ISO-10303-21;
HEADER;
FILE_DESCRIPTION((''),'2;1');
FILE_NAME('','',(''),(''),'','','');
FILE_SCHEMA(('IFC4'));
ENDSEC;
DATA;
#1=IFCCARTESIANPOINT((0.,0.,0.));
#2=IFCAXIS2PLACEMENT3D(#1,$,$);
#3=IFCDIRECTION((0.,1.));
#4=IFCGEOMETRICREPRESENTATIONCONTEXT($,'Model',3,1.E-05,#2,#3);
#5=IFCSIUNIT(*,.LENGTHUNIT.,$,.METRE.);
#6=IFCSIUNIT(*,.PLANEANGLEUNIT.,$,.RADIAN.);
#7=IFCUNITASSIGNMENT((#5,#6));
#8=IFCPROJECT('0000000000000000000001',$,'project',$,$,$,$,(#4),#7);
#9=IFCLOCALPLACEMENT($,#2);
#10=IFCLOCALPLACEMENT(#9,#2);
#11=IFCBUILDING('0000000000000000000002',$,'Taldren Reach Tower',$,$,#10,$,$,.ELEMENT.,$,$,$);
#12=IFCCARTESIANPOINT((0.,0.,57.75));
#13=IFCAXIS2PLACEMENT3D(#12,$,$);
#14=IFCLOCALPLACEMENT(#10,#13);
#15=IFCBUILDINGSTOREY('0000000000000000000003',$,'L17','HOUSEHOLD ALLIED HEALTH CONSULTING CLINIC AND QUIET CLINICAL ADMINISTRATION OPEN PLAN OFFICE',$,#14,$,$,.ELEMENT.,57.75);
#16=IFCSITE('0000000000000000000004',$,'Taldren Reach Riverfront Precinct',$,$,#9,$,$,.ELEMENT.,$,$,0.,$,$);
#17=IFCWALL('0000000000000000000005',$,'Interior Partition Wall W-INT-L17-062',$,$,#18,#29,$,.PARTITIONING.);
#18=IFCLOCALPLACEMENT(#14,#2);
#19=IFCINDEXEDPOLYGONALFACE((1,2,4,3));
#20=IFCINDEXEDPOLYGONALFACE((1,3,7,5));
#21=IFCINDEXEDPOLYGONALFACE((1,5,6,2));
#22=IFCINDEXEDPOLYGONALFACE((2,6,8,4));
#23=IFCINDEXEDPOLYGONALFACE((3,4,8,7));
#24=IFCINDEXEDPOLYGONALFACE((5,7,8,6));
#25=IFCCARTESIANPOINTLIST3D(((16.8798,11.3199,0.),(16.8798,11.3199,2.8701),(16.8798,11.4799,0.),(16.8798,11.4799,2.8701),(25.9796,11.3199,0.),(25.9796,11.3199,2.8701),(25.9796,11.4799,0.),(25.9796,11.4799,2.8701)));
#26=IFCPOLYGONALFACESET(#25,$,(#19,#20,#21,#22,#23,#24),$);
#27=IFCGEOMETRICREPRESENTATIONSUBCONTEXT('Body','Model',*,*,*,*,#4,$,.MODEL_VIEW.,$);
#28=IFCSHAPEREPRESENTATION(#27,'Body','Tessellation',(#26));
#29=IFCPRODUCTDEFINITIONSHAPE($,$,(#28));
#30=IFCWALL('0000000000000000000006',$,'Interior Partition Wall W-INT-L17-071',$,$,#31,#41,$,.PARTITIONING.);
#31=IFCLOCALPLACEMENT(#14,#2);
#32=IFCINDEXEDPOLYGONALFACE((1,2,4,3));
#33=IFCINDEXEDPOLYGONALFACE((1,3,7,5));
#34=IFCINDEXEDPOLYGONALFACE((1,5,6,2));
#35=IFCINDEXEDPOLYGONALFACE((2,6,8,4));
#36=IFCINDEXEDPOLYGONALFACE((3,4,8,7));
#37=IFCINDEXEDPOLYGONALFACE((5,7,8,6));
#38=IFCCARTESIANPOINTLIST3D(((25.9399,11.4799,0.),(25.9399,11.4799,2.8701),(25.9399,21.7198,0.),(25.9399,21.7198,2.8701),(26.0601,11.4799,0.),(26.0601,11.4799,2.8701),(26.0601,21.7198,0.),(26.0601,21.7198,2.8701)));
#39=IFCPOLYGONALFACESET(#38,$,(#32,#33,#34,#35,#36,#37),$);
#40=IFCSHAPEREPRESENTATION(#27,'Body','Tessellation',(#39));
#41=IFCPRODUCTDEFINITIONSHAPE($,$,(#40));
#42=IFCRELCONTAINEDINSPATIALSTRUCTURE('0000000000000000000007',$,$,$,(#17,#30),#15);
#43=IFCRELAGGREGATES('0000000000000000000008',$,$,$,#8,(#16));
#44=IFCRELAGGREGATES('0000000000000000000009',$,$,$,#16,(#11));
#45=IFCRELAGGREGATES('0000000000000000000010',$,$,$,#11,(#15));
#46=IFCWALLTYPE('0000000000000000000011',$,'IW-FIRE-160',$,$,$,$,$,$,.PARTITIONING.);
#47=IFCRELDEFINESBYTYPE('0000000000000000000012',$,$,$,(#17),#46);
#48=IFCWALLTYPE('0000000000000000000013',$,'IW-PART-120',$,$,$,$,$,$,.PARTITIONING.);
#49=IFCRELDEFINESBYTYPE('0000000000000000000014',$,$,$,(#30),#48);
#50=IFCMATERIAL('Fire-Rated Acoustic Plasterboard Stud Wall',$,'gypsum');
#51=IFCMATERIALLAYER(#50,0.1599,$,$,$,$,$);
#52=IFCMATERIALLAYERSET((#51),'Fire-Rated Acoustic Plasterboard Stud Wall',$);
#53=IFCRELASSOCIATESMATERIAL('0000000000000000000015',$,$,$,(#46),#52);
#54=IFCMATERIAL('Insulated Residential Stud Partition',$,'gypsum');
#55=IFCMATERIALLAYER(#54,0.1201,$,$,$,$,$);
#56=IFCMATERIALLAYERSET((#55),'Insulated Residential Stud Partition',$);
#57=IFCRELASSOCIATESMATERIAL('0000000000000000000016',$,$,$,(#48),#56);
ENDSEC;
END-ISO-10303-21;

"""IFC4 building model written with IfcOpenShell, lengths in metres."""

from ifc_helpers import new_model, si_unit, direction, frame, frame_2d, origin, place, context, subcontext, project, spatial, rectangle, extrude, source, transform, mapped, material, layer, layer_set, type_object, element, save


model = new_model("IFC4")

# Units and contexts
model_context = context("Model", 3, precision=1e-05, world=origin(), true_north=direction((0.0, 1.0)))
body_context = subcontext(model_context, "Body", "Model", "MODEL_VIEW")
ifc_project = project(units=[si_unit("LENGTHUNIT", "METRE"), si_unit("PLANEANGLEUNIT", "RADIAN")], contexts=[model_context])

# Site, building, storey
site_placement = place(None, origin())
site = spatial("IfcSite", under=ifc_project, at=site_placement, Name="Taldren Reach Riverfront Precinct", CompositionType="ELEMENT", RefElevation=0.0)
building_placement = place(site_placement, origin())
building = spatial("IfcBuilding", under=site, at=building_placement, Name="Taldren Reach Tower", CompositionType="ELEMENT")
storey_placement = place(building_placement, frame((0.0, 0.0, 57.75)))
storey = spatial("IfcBuildingStorey", under=building, at=storey_placement, Name="L17", Description="HOUSEHOLD ALLIED HEALTH CONSULTING CLINIC AND QUIET CLINICAL ADMINISTRATION OPEN PLAN OFFICE", CompositionType="ELEMENT", Elevation=57.75)

# Shared definitions
ifc_material_1 = material(Name="Fire-Rated Acoustic Plasterboard Stud Wall", Category="gypsum")
ifc_layer_1 = layer(ifc_material_1, 0.1599)
ifc_layer_set_1 = layer_set([ifc_layer_1], Name="Fire-Rated Acoustic Plasterboard Stud Wall")
wall_type_1 = type_object("IfcWallType", Name="IW-FIRE-160", PredefinedType="PARTITIONING", material=ifc_layer_set_1)

# Walls
shared_shape_1 = source(origin(), body_context, "Body", "SweptSolid", [
    extrude(rectangle(XDim=9.0999, YDim=0.1599, at=frame_2d((4.5498, 0.0))), origin(), (0.0, 0.0, 1.0), 2.8701),
])
wall_1_placement = place(storey_placement, frame((16.8799, 11.3999, 0.0), z_axis=(0.0, 0.0, 1.0), x_axis=(1.0, 0.0, 0.0)))
element("IfcWall", 1, at=wall_1_placement, inside=storey, type_object=wall_type_1, Name="Interior Partition Wall W-INT-L17-062", PredefinedType="PARTITIONING", context=body_context, shape_type="MappedRepresentation", body=[
    mapped(shared_shape_1, transform((0.0, 0.0, 0.0), scale=1.0)),
])
ifc_material_2 = material(Name="Insulated Residential Stud Partition", Category="gypsum")
ifc_layer_2 = layer(ifc_material_2, 0.1201)
ifc_layer_set_2 = layer_set([ifc_layer_2], Name="Insulated Residential Stud Partition")
wall_type_2 = type_object("IfcWallType", Name="IW-PART-120", PredefinedType="PARTITIONING", material=ifc_layer_set_2)
shared_shape_2 = source(origin(), body_context, "Body", "SweptSolid", [
    extrude(rectangle(XDim=10.24, YDim=0.1201, at=frame_2d((5.1201, 0.0))), origin(), (0.0, 0.0, 1.0), 2.8701),
])
wall_2_placement = place(storey_placement, frame((26.0, 21.72, 0.0), z_axis=(0.0, 0.0, 1.0), x_axis=(0.0, -1.0, 0.0)))
element("IfcWall", 2, at=wall_2_placement, inside=storey, type_object=wall_type_2, Name="Interior Partition Wall W-INT-L17-071", PredefinedType="PARTITIONING", context=body_context, shape_type="MappedRepresentation", body=[
    mapped(shared_shape_2, transform((0.0, 0.0, 0.0), scale=1.0)),
])

save(model, "model.ifc")
